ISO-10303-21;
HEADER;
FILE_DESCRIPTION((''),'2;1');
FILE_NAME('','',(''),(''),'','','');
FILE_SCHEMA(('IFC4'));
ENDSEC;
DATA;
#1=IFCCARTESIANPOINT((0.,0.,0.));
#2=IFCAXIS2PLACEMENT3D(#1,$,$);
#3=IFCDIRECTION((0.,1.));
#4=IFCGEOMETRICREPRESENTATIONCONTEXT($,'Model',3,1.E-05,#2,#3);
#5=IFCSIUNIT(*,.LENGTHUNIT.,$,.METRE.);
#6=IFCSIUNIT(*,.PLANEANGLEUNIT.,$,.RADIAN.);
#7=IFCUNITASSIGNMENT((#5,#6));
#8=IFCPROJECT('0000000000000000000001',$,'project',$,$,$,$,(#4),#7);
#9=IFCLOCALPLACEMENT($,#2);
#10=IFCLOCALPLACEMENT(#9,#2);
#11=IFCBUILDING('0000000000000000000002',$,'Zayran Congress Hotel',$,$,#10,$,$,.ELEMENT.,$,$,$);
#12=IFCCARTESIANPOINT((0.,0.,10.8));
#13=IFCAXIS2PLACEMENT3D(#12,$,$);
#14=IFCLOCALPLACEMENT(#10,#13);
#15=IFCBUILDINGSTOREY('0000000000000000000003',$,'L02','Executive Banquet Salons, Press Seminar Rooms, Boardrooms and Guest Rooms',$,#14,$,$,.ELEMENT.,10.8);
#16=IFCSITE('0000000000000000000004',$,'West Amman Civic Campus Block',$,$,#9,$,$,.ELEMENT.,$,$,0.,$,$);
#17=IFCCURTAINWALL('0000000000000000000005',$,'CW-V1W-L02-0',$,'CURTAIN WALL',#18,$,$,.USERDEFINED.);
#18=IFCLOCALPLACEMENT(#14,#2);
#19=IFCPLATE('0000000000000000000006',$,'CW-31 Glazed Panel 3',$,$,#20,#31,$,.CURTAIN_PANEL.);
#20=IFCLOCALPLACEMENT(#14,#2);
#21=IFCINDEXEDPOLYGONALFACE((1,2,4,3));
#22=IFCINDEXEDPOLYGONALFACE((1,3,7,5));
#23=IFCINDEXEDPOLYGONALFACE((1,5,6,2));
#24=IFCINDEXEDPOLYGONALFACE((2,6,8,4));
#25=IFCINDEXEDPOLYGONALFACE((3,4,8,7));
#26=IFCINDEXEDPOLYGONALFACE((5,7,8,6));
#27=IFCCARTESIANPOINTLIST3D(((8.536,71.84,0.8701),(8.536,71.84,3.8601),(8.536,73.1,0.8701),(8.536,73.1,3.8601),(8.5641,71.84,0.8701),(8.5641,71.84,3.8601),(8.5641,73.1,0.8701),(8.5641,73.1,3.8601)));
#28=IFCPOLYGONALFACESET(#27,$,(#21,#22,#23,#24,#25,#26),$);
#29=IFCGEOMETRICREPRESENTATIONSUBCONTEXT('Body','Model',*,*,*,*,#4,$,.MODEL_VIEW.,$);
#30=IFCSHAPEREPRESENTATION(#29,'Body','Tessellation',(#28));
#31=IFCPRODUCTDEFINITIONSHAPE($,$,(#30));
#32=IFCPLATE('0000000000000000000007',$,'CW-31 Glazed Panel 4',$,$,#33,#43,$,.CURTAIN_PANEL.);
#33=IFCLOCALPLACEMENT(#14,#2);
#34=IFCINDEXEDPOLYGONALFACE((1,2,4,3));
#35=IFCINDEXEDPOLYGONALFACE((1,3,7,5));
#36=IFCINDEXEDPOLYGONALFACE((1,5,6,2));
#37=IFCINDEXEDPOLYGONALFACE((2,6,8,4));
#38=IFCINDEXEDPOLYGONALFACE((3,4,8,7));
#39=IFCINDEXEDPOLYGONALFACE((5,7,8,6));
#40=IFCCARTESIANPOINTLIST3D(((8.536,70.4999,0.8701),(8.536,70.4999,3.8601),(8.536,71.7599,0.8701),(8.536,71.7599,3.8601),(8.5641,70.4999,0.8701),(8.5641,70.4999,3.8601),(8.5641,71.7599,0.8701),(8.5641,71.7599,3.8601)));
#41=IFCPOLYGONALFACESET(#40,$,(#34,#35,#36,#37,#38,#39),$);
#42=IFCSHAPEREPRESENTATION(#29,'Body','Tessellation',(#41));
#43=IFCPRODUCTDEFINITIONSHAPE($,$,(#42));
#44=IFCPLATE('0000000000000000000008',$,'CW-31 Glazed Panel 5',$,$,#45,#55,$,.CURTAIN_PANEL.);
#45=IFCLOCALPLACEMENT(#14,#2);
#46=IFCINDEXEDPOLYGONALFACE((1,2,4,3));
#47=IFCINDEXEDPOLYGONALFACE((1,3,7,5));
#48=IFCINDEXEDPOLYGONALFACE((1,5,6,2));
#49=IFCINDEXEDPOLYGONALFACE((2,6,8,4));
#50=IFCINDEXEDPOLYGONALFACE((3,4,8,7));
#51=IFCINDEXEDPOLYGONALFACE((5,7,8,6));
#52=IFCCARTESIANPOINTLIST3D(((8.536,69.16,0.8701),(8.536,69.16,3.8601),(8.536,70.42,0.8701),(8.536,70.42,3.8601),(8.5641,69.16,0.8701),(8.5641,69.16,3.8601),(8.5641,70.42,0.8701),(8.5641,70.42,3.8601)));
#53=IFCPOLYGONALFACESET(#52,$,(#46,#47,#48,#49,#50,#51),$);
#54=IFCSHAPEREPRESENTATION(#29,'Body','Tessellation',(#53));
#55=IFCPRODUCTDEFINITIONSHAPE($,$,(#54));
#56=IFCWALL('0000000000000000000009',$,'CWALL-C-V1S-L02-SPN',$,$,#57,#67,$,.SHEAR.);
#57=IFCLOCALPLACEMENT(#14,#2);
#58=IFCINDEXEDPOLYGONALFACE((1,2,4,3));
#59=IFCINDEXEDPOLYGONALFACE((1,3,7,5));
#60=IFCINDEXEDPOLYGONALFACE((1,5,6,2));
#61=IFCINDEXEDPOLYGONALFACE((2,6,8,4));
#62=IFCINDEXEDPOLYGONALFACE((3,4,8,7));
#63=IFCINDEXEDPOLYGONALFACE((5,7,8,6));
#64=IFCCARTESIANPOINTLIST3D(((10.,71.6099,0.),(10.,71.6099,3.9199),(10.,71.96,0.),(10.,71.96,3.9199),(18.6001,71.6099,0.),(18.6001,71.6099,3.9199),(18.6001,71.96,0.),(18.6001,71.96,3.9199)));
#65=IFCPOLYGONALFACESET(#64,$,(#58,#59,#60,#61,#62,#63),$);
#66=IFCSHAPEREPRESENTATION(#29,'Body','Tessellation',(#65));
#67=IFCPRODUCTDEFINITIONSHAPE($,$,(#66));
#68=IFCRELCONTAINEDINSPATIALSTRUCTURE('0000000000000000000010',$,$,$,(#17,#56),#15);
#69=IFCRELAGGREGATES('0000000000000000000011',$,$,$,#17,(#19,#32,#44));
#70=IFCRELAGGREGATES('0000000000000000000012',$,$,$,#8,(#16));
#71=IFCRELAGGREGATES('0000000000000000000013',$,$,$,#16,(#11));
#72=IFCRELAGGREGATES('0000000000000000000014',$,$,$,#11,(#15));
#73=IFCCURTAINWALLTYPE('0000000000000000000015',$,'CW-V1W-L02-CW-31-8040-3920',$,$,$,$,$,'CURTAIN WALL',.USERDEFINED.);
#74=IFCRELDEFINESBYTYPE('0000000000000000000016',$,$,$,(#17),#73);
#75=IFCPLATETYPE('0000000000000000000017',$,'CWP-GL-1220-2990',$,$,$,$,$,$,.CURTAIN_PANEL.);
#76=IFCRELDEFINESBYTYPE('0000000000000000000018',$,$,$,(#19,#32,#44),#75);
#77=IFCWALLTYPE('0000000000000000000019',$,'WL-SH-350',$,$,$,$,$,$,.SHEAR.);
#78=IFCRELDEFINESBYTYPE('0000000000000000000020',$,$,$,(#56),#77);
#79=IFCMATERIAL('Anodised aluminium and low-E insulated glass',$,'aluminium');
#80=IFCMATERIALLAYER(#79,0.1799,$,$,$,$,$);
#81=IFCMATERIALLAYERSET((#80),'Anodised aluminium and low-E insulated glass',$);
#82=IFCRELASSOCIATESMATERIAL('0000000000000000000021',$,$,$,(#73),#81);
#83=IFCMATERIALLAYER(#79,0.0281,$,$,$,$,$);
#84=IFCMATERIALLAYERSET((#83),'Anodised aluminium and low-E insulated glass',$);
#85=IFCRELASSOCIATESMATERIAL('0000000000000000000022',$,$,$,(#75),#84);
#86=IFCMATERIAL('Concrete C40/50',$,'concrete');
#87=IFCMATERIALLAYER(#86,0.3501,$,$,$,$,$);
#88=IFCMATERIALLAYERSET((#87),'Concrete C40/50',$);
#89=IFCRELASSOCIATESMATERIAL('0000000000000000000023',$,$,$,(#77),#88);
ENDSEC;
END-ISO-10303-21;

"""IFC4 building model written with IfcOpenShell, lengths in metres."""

from ifc_helpers import new_model, si_unit, direction, frame, frame_2d, origin, origin_2d, place, context, subcontext, project, spatial, rectangle, extrude, material, layer, layer_set, type_object, element, aggregate, save


model = new_model("IFC4")

# Units and contexts
model_context = context("Model", 3, precision=1e-05, world=origin(), true_north=direction((0.0, 1.0)))
body_context = subcontext(model_context, "Body", "Model", "MODEL_VIEW")
ifc_project = project(units=[si_unit("LENGTHUNIT", "METRE"), si_unit("PLANEANGLEUNIT", "RADIAN")], contexts=[model_context])

# Site, building, storey
site_placement = place(None, origin())
site = spatial("IfcSite", under=ifc_project, at=site_placement, Name="West Amman Civic Campus Block", CompositionType="ELEMENT", RefElevation=0.0)
building_placement = place(site_placement, origin())
building = spatial("IfcBuilding", under=site, at=building_placement, Name="Zayran Congress Hotel", CompositionType="ELEMENT")
storey_placement = place(building_placement, frame((0.0, 0.0, 10.8)))
storey = spatial("IfcBuildingStorey", under=building, at=storey_placement, Name="L02", Description="Executive Banquet Salons, Press Seminar Rooms, Boardrooms and Guest Rooms", CompositionType="ELEMENT", Elevation=10.8)

# Curtain wall, plates
ifc_material_1 = material(Name="Anodised aluminium and low-E insulated glass", Category="aluminium")
ifc_layer_1 = layer(ifc_material_1, 0.1799)
ifc_layer_set_1 = layer_set([ifc_layer_1], Name="Anodised aluminium and low-E insulated glass")
curtain_wall_type = type_object("IfcCurtainWallType", Name="CW-V1W-L02-CW-31-8040-3920", ElementType="CURTAIN WALL", PredefinedType="USERDEFINED", material=ifc_layer_set_1)
curtain_wall_placement = place(storey_placement, origin())
curtain_wall = element("IfcCurtainWall", 1, at=curtain_wall_placement, inside=storey, type_object=curtain_wall_type, Name="CW-V1W-L02-0", ObjectType="CURTAIN WALL", PredefinedType="USERDEFINED")
ifc_layer_2 = layer(ifc_material_1, 0.0281)
ifc_layer_set_2 = layer_set([ifc_layer_2], Name="Anodised aluminium and low-E insulated glass")
plate_type_1 = type_object("IfcPlateType", Name="CWP-GL-1220-2990", PredefinedType="CURTAIN_PANEL", material=ifc_layer_set_2)
plate_1_placement = place(storey_placement, frame((8.55, 72.47, 0.8701), z_axis=(0.0, 0.0, 1.0), x_axis=(0.0, 1.0, 0.0)))
plate_1 = element("IfcPlate", 2, at=plate_1_placement, type_object=plate_type_1, Name="CW-31 Glazed Panel 3", PredefinedType="CURTAIN_PANEL", context=body_context, shape_type="SweptSolid", body=[
    extrude(rectangle(XDim=1.26, YDim=0.0281, at=origin_2d()), origin(), (0.0, 0.0, 1.0), 2.99),
])
plate_2_placement = place(storey_placement, frame((8.55, 71.1299, 0.8701), z_axis=(0.0, 0.0, 1.0), x_axis=(0.0, 1.0, 0.0)))
plate_2 = element("IfcPlate", 3, at=plate_2_placement, type_object=plate_type_1, Name="CW-31 Glazed Panel 4", PredefinedType="CURTAIN_PANEL", context=body_context, shape_type="SweptSolid", body=[
    extrude(rectangle(XDim=1.26, YDim=0.0281, at=origin_2d()), origin(), (0.0, 0.0, 1.0), 2.99),
])
plate_3_placement = place(storey_placement, frame((8.55, 69.79, 0.8701), z_axis=(0.0, 0.0, 1.0), x_axis=(0.0, 1.0, 0.0)))
plate_3 = element("IfcPlate", 4, at=plate_3_placement, type_object=plate_type_1, Name="CW-31 Glazed Panel 5", PredefinedType="CURTAIN_PANEL", context=body_context, shape_type="SweptSolid", body=[
    extrude(rectangle(XDim=1.26, YDim=0.0281, at=origin_2d()), origin(), (0.0, 0.0, 1.0), 2.99),
])
aggregate(curtain_wall, [plate_1, plate_2, plate_3])

# Wall
ifc_material_2 = material(Name="Concrete C40/50", Category="concrete")
ifc_layer_3 = layer(ifc_material_2, 0.3501)
ifc_layer_set_3 = layer_set([ifc_layer_3], Name="Concrete C40/50")
wall_type = type_object("IfcWallType", Name="WL-SH-350", PredefinedType="SHEAR", material=ifc_layer_set_3)
wall_placement = place(storey_placement, frame((10.0, 71.7849, 0.0), z_axis=(0.0, 0.0, 1.0), x_axis=(1.0, 0.0, 0.0)))
element("IfcWall", 5, at=wall_placement, inside=storey, type_object=wall_type, Name="CWALL-C-V1S-L02-SPN", PredefinedType="SHEAR", context=body_context, shape_type="SweptSolid", body=[
    extrude(rectangle(XDim=8.6001, YDim=0.3501, at=frame_2d((4.3, 0.0))), origin(), (0.0, 0.0, 1.0), 3.9199),
])

save(model, "model.ifc")
